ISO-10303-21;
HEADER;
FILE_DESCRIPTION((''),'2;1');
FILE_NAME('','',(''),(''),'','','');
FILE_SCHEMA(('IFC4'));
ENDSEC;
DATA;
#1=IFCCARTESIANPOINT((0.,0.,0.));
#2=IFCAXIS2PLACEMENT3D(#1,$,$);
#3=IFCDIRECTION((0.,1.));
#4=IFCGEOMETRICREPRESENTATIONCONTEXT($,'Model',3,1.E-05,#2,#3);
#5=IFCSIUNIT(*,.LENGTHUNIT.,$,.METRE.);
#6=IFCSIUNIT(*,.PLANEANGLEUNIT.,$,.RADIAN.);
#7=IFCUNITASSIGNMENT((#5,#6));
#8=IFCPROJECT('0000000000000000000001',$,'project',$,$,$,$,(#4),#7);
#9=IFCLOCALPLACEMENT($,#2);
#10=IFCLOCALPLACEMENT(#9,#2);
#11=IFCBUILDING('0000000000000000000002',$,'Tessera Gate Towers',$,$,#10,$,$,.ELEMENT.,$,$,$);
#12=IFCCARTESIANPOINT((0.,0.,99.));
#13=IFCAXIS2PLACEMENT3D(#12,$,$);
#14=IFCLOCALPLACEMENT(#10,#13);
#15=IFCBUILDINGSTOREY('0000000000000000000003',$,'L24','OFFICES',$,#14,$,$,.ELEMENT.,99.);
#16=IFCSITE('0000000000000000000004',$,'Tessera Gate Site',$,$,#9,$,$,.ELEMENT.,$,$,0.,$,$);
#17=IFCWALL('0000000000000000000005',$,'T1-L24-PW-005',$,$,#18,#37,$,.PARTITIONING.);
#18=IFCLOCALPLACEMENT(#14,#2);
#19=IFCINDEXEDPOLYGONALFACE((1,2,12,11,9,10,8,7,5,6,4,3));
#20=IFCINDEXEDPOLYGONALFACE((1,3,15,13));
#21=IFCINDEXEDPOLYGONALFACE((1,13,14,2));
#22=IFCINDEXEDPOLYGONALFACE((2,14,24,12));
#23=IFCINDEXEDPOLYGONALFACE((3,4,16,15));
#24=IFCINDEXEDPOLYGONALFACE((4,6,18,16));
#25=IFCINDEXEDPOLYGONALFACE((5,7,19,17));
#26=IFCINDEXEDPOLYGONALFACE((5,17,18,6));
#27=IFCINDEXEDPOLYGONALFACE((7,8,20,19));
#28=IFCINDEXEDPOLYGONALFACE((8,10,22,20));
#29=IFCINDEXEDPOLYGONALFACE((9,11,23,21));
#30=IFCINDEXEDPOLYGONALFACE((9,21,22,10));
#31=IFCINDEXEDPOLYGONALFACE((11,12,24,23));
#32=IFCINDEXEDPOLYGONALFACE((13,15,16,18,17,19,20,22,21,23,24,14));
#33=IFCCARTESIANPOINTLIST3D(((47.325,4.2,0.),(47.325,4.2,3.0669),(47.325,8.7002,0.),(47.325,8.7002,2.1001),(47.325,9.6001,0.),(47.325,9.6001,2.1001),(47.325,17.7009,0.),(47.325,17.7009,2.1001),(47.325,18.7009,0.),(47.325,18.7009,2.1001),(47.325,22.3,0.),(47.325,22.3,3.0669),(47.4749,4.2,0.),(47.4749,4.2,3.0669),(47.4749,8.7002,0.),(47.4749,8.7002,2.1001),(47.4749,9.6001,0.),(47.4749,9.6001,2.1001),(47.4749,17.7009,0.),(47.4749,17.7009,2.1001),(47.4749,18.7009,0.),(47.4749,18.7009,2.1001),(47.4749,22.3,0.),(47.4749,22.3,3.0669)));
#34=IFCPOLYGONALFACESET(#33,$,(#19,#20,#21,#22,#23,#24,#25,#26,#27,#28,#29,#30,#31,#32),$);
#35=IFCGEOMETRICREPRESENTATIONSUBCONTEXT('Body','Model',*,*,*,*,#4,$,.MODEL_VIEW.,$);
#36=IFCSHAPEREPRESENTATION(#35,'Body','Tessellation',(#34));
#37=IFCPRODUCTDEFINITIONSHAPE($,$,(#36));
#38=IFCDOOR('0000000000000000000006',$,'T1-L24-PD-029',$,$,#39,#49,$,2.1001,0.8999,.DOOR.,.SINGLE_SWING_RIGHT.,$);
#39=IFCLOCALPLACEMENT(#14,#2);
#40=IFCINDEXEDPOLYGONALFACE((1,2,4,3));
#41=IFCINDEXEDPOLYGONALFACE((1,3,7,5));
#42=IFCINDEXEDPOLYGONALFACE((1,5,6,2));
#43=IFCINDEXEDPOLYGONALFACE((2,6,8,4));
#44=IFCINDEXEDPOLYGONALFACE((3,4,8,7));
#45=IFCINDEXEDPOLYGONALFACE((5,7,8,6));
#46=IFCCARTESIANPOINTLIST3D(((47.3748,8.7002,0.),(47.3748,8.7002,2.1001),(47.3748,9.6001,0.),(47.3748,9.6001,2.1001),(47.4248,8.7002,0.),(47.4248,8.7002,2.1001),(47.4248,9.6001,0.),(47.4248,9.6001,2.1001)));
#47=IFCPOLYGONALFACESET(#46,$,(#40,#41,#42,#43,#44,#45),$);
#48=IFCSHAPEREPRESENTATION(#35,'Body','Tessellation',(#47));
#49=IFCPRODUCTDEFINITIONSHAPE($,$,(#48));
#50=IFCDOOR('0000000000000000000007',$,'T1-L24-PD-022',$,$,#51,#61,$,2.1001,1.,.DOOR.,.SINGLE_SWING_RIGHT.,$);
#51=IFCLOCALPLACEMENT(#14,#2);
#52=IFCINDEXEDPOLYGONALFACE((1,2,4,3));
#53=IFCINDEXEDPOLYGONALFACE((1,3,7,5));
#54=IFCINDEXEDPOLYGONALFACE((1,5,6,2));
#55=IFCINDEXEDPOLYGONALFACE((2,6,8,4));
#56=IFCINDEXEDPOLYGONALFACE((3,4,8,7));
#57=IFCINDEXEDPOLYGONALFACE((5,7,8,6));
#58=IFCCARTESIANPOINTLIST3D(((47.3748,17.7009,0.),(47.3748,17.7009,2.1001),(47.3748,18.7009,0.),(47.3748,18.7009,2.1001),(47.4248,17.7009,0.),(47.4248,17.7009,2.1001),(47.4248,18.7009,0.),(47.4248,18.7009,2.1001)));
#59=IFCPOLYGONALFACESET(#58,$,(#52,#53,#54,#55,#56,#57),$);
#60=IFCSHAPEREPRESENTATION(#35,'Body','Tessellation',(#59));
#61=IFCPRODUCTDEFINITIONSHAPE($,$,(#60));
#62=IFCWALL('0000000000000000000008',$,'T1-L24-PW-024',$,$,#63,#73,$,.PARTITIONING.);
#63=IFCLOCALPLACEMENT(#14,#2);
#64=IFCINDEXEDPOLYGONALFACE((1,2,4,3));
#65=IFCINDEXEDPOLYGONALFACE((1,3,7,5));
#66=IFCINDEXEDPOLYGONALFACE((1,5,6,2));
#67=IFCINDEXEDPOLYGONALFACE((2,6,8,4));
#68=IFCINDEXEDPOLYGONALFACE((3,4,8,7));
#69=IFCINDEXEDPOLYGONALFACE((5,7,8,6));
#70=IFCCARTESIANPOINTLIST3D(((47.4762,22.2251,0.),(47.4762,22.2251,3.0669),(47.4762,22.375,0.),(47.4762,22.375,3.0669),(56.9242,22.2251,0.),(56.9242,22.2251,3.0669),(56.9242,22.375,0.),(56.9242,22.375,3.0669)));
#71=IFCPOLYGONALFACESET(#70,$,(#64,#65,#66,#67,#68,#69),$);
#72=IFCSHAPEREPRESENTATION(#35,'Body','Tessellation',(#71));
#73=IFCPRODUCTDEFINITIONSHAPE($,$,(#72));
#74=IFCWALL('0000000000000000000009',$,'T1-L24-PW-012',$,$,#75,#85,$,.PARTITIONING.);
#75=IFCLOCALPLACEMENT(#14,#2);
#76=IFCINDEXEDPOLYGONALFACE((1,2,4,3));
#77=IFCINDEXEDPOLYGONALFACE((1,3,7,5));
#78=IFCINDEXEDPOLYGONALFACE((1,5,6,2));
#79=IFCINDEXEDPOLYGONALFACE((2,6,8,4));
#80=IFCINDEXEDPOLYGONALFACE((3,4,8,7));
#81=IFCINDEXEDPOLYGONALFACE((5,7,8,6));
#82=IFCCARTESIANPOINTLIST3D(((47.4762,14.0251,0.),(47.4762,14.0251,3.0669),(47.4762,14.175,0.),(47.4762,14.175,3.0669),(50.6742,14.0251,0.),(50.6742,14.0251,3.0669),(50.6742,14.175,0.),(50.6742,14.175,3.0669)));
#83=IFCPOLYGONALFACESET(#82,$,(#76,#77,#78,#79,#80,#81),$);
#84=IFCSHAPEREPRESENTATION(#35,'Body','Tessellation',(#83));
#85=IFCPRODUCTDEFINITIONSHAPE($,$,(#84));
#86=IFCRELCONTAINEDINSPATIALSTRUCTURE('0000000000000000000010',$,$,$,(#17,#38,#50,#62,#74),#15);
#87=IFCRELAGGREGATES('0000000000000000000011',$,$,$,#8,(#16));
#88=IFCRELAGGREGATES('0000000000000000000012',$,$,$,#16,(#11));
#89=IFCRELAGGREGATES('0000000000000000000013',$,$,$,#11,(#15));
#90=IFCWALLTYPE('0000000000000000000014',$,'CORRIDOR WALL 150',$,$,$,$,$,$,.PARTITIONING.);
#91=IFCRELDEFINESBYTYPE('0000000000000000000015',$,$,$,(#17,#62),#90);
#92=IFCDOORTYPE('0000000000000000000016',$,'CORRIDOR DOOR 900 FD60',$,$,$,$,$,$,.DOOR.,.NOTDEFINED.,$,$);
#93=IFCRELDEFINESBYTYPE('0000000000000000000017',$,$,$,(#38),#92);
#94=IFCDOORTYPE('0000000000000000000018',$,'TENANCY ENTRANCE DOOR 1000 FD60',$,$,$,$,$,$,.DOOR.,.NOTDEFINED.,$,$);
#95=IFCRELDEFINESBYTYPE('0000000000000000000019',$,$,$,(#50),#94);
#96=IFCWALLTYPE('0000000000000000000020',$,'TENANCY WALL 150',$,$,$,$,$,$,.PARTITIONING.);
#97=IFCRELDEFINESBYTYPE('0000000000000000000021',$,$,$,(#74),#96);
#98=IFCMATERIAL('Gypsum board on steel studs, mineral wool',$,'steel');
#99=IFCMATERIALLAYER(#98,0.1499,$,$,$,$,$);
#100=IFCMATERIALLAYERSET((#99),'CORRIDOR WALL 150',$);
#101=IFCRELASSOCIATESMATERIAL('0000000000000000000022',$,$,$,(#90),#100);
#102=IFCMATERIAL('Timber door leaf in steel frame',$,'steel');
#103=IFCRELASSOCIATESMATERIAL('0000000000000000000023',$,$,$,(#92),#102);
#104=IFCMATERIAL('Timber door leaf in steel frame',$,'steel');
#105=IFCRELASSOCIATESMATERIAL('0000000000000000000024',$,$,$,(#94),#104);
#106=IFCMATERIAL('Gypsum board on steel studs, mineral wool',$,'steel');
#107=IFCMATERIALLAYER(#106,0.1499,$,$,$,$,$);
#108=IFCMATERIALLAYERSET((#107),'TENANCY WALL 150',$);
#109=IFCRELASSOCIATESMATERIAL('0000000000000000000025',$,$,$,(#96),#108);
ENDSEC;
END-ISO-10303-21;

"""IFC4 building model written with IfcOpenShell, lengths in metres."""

from ifc_helpers import new_model, si_unit, direction, frame, frame_2d, origin, place, context, subcontext, project, spatial, rectangle, extrude, source, transform, mapped, material, layer, layer_set, type_object, element, fill, save


model = new_model("IFC4")

# Units and contexts
model_context = context("Model", 3, precision=1e-05, world=origin(), true_north=direction((0.0, 1.0)))
body_context = subcontext(model_context, "Body", "Model", "MODEL_VIEW")
ifc_project = project(units=[si_unit("LENGTHUNIT", "METRE"), si_unit("PLANEANGLEUNIT", "RADIAN")], contexts=[model_context])

# Site, building, storey
site_placement = place(None, origin())
site = spatial("IfcSite", under=ifc_project, at=site_placement, Name="Tessera Gate Site", CompositionType="ELEMENT", RefElevation=0.0)
building_placement = place(site_placement, origin())
building = spatial("IfcBuilding", under=site, at=building_placement, Name="Tessera Gate Towers", CompositionType="ELEMENT")
storey_placement = place(building_placement, frame((0.0, 0.0, 99.0)))
storey = spatial("IfcBuildingStorey", under=building, at=storey_placement, Name="L24", Description="OFFICES", CompositionType="ELEMENT", Elevation=99.0)

# Wall, openings, doors
ifc_material_1 = material(Name="Gypsum board on steel studs, mineral wool", Category="steel")
ifc_layer_1 = layer(ifc_material_1, 0.1499)
ifc_layer_set_1 = layer_set([ifc_layer_1], Name="CORRIDOR WALL 150")
wall_type_1 = type_object("IfcWallType", Name="CORRIDOR WALL 150", PredefinedType="PARTITIONING", material=ifc_layer_set_1)
wall_1_placement = place(storey_placement, frame((47.3999, 22.3, 0.0), z_axis=(0.0, 0.0, 1.0), x_axis=(0.0, -1.0, 0.0)))
wall_1 = element("IfcWall", 1, at=wall_1_placement, inside=storey, type_object=wall_type_1, Name="T1-L24-PW-005", PredefinedType="PARTITIONING", context=body_context, shape_type="SweptSolid", body=[
    extrude(rectangle(XDim=18.1001, YDim=0.1499, at=frame_2d((9.05, 0.0))), origin(), (0.0, 0.0, 1.0), 3.0669),
])
shared_shape_1 = source(origin(), body_context, "Body", "SweptSolid", [
    extrude(rectangle(XDim=1.0, YDim=2.1001, at=frame_2d((0.5, 1.05))), frame((0.0, 0.085, 0.0), z_axis=(0.0, -1.0, 0.0), x_axis=(1.0, 0.0, 0.0)), (0.0, 0.0, 1.0), 0.1699),
])
opening_1_placement = place(wall_1_placement, frame((3.5991, 0.0, 0.0)))
opening_1 = element("IfcOpeningElement", 2, at=opening_1_placement, cuts=wall_1, PredefinedType="OPENING", context=body_context, shape_type="MappedRepresentation", body=[
    mapped(shared_shape_1, transform((0.0, 0.0, 0.0), scale=1.0)),
])
shared_shape_2 = source(origin(), body_context, "Body", "SweptSolid", [
    extrude(rectangle(XDim=0.8999, YDim=2.1001, at=frame_2d((0.45, 1.05))), frame((0.0, 0.085, 0.0), z_axis=(0.0, -1.0, 0.0), x_axis=(1.0, 0.0, 0.0)), (0.0, 0.0, 1.0), 0.1699),
])
opening_2_placement = place(wall_1_placement, frame((12.7, 0.0, 0.0)))
opening_2 = element("IfcOpeningElement", 3, at=opening_2_placement, cuts=wall_1, PredefinedType="OPENING", context=body_context, shape_type="MappedRepresentation", body=[
    mapped(shared_shape_2, transform((0.0, 0.0, 0.0), scale=1.0)),
])
ifc_material_2 = material(Name="Timber door leaf in steel frame", Category="steel")
door_type_1 = type_object("IfcDoorType", Name="CORRIDOR DOOR 900 FD60", OperationType="NOTDEFINED", PredefinedType="DOOR", material=ifc_material_2)
shared_shape_3 = source(origin(), body_context, "Body", "SweptSolid", [
    extrude(rectangle(XDim=0.8999, YDim=2.1001, at=frame_2d((0.45, 1.05))), frame((0.0, 0.0249, 0.0), z_axis=(0.0, -1.0, 0.0), x_axis=(1.0, 0.0, 0.0)), (0.0, 0.0, 1.0), 0.05),
])
door_1_placement = place(opening_2_placement, origin())
door_1 = element("IfcDoor", 4, at=door_1_placement, inside=storey, type_object=door_type_1, Name="T1-L24-PD-029", OperationType="SINGLE_SWING_RIGHT", OverallHeight=2.1001, OverallWidth=0.8999, PredefinedType="DOOR", context=body_context, shape_type="MappedRepresentation", body=[
    mapped(shared_shape_3, transform((0.0, 0.0, 0.0), scale=1.0)),
])
fill(opening_2, door_1)
ifc_material_3 = material(Name="Timber door leaf in steel frame", Category="steel")
door_type_2 = type_object("IfcDoorType", Name="TENANCY ENTRANCE DOOR 1000 FD60", OperationType="NOTDEFINED", PredefinedType="DOOR", material=ifc_material_3)
shared_shape_4 = source(origin(), body_context, "Body", "SweptSolid", [
    extrude(rectangle(XDim=1.0, YDim=2.1001, at=frame_2d((0.5, 1.05))), frame((0.0, 0.0249, 0.0), z_axis=(0.0, -1.0, 0.0), x_axis=(1.0, 0.0, 0.0)), (0.0, 0.0, 1.0), 0.05),
])
door_2_placement = place(opening_1_placement, origin())
door_2 = element("IfcDoor", 5, at=door_2_placement, inside=storey, type_object=door_type_2, Name="T1-L24-PD-022", OperationType="SINGLE_SWING_RIGHT", OverallHeight=2.1001, OverallWidth=1.0, PredefinedType="DOOR", context=body_context, shape_type="MappedRepresentation", body=[
    mapped(shared_shape_4, transform((0.0, 0.0, 0.0), scale=1.0)),
])
fill(opening_1, door_2)

# Walls
wall_2_placement = place(storey_placement, frame((47.4761, 22.3, 0.0), z_axis=(0.0, 0.0, 1.0), x_axis=(1.0, 0.0, 0.0)))
element("IfcWall", 6, at=wall_2_placement, inside=storey, type_object=wall_type_1, Name="T1-L24-PW-024", PredefinedType="PARTITIONING", context=body_context, shape_type="SweptSolid", body=[
    extrude(rectangle(XDim=9.448, YDim=0.1499, at=frame_2d((4.7241, 0.0))), origin(), (0.0, 0.0, 1.0), 3.0669),
])
ifc_material_4 = material(Name="Gypsum board on steel studs, mineral wool", Category="steel")
ifc_layer_2 = layer(ifc_material_4, 0.1499)
ifc_layer_set_2 = layer_set([ifc_layer_2], Name="TENANCY WALL 150")
wall_type_2 = type_object("IfcWallType", Name="TENANCY WALL 150", PredefinedType="PARTITIONING", material=ifc_layer_set_2)
wall_3_placement = place(storey_placement, frame((47.4761, 14.1001, 0.0), z_axis=(0.0, 0.0, 1.0), x_axis=(1.0, 0.0, 0.0)))
element("IfcWall", 7, at=wall_3_placement, inside=storey, type_object=wall_type_2, Name="T1-L24-PW-012", PredefinedType="PARTITIONING", context=body_context, shape_type="SweptSolid", body=[
    extrude(rectangle(XDim=3.198, YDim=0.1499, at=frame_2d((1.5991, 0.0))), origin(), (0.0, 0.0, 1.0), 3.0669),
])

save(model, "model.ifc")
